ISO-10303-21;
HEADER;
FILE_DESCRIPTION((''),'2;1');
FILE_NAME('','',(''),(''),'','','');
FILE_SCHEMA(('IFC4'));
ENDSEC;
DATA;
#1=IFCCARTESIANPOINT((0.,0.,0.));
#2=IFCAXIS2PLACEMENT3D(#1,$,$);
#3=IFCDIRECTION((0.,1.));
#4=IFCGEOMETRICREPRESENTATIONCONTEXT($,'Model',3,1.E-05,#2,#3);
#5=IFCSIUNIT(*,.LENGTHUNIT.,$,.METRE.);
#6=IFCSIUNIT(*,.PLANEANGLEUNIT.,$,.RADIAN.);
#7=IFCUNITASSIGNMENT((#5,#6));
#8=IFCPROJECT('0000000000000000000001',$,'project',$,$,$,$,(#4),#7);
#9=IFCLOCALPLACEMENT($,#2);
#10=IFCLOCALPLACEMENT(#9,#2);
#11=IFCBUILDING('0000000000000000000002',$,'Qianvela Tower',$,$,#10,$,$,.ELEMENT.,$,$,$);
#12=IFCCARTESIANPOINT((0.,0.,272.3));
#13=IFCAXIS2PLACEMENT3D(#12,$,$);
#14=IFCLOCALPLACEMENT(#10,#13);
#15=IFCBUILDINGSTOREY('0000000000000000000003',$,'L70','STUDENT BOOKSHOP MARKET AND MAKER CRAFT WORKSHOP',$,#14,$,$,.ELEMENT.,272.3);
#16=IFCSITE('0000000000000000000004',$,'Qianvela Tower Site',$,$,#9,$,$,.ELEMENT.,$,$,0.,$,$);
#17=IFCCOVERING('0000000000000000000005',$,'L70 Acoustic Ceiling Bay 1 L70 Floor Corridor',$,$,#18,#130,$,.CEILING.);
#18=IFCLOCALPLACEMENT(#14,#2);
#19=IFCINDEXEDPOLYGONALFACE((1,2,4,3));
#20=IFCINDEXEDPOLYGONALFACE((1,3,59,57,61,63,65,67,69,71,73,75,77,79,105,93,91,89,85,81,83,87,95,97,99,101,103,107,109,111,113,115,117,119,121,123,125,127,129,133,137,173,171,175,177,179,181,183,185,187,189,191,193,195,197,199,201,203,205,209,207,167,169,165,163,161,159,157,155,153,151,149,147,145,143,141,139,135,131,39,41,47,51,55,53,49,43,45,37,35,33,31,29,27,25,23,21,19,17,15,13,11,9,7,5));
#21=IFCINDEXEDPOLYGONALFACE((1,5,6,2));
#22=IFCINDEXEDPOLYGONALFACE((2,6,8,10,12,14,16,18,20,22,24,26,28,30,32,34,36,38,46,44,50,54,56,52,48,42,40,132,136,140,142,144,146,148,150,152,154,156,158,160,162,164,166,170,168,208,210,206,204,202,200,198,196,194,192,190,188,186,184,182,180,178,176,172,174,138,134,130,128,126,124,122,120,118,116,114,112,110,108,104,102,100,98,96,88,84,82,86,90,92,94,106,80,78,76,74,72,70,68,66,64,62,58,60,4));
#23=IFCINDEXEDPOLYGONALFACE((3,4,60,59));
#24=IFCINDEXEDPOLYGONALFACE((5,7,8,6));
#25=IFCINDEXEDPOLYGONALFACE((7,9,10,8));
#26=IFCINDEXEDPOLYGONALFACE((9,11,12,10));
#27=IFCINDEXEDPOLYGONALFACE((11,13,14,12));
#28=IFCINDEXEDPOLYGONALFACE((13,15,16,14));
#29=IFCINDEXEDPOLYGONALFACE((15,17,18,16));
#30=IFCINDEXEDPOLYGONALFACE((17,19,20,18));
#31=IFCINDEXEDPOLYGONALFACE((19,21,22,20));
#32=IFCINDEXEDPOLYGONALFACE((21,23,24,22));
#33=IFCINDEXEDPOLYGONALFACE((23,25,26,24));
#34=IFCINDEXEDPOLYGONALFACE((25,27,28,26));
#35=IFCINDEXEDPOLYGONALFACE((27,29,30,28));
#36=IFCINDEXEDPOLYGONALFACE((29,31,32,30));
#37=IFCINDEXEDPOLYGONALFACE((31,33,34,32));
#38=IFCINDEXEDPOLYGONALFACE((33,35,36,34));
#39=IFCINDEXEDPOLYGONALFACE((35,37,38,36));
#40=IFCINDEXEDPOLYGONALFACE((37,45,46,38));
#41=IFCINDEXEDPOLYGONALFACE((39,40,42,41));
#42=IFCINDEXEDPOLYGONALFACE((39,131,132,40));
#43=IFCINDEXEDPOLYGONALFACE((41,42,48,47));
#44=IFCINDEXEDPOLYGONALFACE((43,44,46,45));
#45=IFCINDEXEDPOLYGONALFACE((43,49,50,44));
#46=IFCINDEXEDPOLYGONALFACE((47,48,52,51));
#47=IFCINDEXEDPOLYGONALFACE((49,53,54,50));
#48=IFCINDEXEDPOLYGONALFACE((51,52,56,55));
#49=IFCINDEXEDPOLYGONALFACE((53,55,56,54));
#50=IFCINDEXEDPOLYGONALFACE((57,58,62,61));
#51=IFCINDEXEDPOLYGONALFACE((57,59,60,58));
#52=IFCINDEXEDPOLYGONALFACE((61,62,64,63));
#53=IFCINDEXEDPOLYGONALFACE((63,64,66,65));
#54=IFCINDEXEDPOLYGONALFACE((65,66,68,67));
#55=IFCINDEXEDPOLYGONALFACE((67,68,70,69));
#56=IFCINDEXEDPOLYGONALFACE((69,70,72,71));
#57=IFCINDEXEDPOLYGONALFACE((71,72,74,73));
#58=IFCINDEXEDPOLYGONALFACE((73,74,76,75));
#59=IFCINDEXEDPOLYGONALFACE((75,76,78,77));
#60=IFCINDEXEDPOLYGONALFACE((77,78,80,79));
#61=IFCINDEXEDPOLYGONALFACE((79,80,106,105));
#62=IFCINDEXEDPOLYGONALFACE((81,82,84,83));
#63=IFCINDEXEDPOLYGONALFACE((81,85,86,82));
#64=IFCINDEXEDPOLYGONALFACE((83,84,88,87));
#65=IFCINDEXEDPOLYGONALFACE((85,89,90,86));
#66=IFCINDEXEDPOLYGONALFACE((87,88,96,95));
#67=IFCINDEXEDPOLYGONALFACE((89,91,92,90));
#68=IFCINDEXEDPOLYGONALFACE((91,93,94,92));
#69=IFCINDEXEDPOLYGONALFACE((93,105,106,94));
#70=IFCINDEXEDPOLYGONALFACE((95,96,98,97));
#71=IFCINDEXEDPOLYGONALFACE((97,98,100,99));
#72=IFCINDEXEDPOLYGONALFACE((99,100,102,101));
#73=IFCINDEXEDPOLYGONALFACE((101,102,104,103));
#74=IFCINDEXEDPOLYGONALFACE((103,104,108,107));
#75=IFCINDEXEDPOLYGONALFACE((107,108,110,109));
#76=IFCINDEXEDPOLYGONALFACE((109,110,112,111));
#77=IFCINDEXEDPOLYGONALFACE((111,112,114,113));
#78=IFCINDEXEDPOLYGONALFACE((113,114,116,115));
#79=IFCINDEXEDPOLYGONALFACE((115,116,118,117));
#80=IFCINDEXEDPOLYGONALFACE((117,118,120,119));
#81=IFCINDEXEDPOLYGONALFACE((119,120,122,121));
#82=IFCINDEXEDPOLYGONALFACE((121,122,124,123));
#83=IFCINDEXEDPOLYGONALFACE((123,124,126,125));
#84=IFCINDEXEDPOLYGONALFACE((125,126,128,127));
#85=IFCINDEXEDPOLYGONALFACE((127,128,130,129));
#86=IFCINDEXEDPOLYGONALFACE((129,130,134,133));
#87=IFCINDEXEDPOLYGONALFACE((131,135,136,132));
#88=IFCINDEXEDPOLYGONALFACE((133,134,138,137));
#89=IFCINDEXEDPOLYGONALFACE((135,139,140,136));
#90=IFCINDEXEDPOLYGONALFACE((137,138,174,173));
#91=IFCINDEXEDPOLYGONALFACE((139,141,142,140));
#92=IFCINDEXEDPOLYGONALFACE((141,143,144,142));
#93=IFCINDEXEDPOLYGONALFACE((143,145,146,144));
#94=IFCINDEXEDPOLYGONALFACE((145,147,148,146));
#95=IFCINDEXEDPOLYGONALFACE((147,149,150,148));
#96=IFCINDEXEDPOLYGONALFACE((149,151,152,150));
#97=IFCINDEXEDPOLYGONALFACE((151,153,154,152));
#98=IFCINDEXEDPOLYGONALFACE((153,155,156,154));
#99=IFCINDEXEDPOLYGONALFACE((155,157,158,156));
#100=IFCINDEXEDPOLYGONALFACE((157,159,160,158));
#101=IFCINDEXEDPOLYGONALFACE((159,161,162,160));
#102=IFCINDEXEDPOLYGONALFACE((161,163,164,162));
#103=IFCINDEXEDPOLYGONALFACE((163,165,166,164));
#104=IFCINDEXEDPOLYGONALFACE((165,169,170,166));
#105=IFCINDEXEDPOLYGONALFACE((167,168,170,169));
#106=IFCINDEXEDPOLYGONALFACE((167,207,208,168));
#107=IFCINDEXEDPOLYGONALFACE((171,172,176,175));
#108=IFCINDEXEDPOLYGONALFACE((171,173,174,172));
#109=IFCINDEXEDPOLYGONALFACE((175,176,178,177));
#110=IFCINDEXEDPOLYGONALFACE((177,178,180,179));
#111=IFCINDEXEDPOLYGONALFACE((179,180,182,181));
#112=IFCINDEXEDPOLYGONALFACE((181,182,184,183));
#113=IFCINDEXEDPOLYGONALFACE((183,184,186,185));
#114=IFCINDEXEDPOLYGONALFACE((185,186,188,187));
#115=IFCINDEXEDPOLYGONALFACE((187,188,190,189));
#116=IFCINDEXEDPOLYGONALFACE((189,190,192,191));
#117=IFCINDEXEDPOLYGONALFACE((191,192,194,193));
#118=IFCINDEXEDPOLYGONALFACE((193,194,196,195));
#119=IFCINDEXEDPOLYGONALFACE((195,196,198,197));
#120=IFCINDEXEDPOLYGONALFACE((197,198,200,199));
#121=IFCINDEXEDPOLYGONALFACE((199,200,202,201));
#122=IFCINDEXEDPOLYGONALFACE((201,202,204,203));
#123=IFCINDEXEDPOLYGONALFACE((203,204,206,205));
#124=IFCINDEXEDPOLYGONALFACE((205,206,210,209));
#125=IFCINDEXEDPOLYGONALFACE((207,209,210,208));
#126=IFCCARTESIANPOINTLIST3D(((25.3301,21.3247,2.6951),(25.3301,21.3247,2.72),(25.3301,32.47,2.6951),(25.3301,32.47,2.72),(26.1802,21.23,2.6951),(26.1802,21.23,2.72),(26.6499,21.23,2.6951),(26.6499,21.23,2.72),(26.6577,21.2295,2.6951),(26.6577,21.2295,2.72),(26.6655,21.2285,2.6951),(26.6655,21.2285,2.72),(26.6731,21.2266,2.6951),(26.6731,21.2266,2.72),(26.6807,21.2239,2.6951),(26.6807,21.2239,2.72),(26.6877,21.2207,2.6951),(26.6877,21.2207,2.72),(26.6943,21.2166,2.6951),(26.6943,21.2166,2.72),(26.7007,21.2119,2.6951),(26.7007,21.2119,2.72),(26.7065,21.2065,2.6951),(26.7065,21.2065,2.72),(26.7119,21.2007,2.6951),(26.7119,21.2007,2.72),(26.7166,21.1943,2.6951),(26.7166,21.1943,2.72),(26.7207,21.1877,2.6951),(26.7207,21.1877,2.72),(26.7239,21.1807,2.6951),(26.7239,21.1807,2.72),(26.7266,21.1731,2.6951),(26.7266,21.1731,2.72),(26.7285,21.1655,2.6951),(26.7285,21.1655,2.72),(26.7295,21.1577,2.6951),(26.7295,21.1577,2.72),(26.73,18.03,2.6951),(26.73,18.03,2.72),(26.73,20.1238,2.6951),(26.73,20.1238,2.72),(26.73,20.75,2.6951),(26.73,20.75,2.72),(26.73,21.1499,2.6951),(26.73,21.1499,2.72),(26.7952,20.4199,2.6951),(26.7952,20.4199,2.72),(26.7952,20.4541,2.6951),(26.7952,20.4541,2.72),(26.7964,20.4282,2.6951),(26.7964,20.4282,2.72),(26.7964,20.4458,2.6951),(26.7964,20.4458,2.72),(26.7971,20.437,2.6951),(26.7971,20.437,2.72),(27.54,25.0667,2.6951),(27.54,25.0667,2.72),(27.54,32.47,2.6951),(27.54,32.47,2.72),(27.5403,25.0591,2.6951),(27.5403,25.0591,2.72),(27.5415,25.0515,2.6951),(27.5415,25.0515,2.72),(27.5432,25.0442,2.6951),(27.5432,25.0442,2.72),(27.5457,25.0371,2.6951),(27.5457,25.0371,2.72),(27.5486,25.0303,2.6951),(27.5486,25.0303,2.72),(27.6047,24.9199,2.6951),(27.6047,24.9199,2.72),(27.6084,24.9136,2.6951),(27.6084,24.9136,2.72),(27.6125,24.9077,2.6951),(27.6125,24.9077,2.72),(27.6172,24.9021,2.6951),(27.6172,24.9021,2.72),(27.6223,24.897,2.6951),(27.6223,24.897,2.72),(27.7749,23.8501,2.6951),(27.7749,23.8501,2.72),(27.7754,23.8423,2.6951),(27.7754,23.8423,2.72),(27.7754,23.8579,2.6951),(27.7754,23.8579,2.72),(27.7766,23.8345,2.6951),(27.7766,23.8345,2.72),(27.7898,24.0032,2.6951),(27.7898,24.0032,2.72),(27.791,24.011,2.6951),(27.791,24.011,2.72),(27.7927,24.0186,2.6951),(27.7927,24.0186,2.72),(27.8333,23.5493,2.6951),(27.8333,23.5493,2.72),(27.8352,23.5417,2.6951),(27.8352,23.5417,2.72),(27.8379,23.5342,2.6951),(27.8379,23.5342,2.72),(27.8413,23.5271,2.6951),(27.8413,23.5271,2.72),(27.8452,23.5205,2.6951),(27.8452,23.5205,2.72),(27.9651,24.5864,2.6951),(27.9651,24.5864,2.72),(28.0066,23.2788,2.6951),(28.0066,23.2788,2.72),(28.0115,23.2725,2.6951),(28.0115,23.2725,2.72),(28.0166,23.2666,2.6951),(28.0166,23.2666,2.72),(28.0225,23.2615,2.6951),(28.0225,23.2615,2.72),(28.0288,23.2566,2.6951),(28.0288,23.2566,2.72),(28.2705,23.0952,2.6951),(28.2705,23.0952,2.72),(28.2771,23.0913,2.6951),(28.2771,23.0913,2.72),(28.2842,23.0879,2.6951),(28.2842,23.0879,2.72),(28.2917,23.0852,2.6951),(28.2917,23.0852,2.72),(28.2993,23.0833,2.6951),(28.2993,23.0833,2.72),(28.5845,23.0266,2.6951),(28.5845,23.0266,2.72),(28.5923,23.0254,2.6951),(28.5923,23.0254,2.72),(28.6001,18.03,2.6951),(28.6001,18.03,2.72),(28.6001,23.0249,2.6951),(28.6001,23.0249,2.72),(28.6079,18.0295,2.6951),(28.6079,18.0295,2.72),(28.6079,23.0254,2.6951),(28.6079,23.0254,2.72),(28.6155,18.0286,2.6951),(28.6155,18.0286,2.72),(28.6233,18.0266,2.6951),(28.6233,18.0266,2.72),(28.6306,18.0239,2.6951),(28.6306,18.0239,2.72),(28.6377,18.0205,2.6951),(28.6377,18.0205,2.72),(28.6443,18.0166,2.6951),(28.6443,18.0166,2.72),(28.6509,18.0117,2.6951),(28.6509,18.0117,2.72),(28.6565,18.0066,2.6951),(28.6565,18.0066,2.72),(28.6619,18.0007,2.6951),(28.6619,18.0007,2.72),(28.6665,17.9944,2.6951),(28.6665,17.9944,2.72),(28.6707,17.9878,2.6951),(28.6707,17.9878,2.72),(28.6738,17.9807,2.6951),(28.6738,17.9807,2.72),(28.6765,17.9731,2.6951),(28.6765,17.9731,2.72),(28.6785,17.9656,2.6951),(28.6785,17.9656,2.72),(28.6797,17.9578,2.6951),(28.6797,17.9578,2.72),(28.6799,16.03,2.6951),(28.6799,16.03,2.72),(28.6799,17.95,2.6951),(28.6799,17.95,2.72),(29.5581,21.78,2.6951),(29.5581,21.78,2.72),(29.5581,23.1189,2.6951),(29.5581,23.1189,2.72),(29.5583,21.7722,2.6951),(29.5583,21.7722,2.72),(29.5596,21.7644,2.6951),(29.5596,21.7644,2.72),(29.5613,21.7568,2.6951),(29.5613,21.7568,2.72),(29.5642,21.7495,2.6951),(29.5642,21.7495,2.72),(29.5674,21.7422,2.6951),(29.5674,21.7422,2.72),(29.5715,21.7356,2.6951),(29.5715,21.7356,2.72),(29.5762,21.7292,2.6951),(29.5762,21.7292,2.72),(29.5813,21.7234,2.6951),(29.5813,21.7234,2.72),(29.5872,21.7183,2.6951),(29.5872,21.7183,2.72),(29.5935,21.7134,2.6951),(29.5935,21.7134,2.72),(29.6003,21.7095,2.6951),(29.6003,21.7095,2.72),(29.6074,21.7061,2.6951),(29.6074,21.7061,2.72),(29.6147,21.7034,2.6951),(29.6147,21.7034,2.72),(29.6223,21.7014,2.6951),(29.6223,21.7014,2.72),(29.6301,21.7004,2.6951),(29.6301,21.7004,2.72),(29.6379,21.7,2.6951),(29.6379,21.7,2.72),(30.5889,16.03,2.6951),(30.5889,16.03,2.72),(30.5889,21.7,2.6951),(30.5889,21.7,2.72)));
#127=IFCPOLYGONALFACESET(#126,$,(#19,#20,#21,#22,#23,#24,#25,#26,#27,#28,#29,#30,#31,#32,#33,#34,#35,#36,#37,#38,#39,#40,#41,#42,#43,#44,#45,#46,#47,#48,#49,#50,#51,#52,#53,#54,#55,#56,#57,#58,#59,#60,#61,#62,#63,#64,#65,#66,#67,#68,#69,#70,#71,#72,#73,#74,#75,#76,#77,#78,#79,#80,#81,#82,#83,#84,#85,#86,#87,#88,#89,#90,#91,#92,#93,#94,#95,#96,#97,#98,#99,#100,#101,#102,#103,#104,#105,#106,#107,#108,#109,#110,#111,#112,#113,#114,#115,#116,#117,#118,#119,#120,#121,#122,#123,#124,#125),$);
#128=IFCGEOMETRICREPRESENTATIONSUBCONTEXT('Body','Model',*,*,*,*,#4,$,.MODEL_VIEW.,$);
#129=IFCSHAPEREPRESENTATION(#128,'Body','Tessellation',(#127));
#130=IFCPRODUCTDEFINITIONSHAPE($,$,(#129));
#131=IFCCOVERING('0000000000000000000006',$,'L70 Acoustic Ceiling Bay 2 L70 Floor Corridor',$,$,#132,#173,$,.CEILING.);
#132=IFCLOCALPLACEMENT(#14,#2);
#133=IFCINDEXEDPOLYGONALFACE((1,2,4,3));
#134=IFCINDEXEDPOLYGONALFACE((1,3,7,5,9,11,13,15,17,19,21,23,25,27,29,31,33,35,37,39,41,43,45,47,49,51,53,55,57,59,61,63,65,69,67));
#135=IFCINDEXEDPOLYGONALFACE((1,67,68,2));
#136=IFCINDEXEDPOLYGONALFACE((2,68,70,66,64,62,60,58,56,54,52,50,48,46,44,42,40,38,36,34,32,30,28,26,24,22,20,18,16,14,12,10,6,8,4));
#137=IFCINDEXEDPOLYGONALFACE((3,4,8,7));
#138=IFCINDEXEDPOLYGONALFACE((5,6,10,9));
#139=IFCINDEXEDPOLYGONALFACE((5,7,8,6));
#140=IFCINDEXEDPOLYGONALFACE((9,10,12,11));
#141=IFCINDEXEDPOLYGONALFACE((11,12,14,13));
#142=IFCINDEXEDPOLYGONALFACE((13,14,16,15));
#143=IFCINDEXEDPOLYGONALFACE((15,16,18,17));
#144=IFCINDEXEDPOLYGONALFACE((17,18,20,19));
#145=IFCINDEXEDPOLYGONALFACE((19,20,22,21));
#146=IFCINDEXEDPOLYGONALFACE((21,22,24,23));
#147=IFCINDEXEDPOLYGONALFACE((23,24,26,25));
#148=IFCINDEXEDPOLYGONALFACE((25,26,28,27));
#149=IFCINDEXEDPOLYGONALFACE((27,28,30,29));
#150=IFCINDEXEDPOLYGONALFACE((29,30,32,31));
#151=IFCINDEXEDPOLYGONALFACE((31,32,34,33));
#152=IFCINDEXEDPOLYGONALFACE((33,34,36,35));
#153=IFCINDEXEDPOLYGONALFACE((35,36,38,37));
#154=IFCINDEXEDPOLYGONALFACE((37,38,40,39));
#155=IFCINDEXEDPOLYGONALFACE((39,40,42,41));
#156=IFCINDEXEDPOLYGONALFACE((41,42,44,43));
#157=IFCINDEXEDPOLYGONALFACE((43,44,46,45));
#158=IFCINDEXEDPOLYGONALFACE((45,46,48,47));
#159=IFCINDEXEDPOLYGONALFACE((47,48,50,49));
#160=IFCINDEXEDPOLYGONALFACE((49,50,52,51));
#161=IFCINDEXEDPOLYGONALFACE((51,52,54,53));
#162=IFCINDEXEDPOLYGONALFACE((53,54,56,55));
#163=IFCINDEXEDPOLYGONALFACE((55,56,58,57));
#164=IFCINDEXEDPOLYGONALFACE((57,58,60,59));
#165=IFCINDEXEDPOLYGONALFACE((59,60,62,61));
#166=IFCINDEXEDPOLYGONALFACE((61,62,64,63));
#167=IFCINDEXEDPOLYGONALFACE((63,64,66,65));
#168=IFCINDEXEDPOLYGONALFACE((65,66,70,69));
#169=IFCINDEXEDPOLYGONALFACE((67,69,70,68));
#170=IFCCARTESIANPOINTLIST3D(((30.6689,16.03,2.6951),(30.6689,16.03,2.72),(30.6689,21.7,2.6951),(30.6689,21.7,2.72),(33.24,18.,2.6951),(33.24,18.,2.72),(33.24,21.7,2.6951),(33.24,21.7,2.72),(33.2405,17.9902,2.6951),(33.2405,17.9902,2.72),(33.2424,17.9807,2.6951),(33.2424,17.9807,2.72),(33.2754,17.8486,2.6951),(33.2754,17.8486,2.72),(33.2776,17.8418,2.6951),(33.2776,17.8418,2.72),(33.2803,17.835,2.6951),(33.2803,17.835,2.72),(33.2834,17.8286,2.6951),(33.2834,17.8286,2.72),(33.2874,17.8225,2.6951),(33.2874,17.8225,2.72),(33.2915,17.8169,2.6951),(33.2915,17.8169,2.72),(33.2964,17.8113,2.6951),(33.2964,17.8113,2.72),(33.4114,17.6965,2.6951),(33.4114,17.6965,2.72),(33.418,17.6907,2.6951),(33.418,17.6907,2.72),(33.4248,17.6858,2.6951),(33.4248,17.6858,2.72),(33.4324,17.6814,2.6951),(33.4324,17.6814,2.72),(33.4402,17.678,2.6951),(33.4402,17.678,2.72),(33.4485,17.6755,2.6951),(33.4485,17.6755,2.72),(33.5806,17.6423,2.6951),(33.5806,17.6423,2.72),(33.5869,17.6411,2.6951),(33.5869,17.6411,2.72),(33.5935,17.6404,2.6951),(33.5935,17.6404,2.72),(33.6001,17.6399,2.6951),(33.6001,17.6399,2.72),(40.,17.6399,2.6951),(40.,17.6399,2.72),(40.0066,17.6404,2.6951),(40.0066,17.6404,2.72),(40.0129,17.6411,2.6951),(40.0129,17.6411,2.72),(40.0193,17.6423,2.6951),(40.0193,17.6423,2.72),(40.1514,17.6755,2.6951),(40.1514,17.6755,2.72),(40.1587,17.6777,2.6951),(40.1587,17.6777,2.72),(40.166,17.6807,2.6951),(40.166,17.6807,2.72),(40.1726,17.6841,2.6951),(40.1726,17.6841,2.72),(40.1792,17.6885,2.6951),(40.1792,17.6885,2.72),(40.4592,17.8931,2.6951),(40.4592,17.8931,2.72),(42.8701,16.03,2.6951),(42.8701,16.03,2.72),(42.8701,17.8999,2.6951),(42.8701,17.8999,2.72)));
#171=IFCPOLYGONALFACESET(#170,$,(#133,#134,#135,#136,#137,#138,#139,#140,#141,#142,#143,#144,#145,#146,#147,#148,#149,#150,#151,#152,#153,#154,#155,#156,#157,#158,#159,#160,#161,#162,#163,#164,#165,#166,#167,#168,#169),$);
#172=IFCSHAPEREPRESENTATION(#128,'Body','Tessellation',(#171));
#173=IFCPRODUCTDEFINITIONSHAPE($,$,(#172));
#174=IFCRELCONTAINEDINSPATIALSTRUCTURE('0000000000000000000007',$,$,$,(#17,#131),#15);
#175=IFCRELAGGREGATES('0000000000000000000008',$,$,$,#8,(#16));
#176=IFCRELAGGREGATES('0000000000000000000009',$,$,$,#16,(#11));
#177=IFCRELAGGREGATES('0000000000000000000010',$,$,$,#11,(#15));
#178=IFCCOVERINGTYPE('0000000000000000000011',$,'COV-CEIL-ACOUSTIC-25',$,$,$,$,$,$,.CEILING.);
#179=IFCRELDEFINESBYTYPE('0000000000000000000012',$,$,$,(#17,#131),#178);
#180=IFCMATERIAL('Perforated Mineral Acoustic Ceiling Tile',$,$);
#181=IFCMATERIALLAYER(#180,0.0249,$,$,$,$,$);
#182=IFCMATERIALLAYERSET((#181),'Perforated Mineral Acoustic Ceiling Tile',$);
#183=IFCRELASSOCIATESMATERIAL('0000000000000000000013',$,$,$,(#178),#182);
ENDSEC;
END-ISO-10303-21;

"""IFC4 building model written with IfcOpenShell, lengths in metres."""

from ifc_helpers import new_model, si_unit, direction, frame, origin, place, context, subcontext, project, spatial, polyline, outline, extrude, material, layer, layer_set, type_object, element, save


model = new_model("IFC4")

# Units and contexts
model_context = context("Model", 3, precision=1e-05, world=origin(), true_north=direction((0.0, 1.0)))
body_context = subcontext(model_context, "Body", "Model", "MODEL_VIEW")
ifc_project = project(units=[si_unit("LENGTHUNIT", "METRE"), si_unit("PLANEANGLEUNIT", "RADIAN")], contexts=[model_context])

# Site, building, storey
site_placement = place(None, origin())
site = spatial("IfcSite", under=ifc_project, at=site_placement, Name="Qianvela Tower Site", CompositionType="ELEMENT", RefElevation=0.0)
building_placement = place(site_placement, origin())
building = spatial("IfcBuilding", under=site, at=building_placement, Name="Qianvela Tower", CompositionType="ELEMENT")
storey_placement = place(building_placement, frame((0.0, 0.0, 272.3)))
storey = spatial("IfcBuildingStorey", under=building, at=storey_placement, Name="L70", Description="STUDENT BOOKSHOP MARKET AND MAKER CRAFT WORKSHOP", CompositionType="ELEMENT", Elevation=272.3)

# Coverings
ifc_material_1 = material(Name="Perforated Mineral Acoustic Ceiling Tile")
ifc_layer_1 = layer(ifc_material_1, 0.0249)
ifc_layer_set_1 = layer_set([ifc_layer_1], Name="Perforated Mineral Acoustic Ceiling Tile")
covering_type_1 = type_object("IfcCoveringType", Name="COV-CEIL-ACOUSTIC-25", PredefinedType="CEILING", material=ifc_layer_set_1)
covering_1_placement = place(storey_placement, frame((0.0, 0.0, 2.6951)))
element("IfcCovering", 1, at=covering_1_placement, inside=storey, type_object=covering_type_1, Name="L70 Acoustic Ceiling Bay 1 L70 Floor Corridor", PredefinedType="CEILING", context=body_context, shape_type="SweptSolid", body=[
    extrude(outline(polyline([(27.791, 24.011), (27.7898, 24.0032), (27.7754, 23.8579), (27.7749, 23.8501), (27.7754, 23.8423), (27.7766, 23.8345), (27.8333, 23.5493), (27.8352, 23.5417), (27.8379, 23.5342), (27.8413, 23.5271), (27.8452, 23.5205), (28.0066, 23.2788), (28.0115, 23.2725), (28.0166, 23.2666), (28.0225, 23.2615), (28.0288, 23.2566), (28.2705, 23.0952), (28.2771, 23.0913), (28.2842, 23.0879), (28.2917, 23.0852), (28.2993, 23.0833), (28.5845, 23.0266), (28.5923, 23.0254), (28.6001, 23.0249), (28.6079, 23.0254), (29.5581, 23.1189), (29.5581, 21.78), (29.5583, 21.7722), (29.5596, 21.7644), (29.5613, 21.7568), (29.5642, 21.7495), (29.5674, 21.7422), (29.5715, 21.7356), (29.5762, 21.7292), (29.5813, 21.7234), (29.5872, 21.7183), (29.5935, 21.7134), (29.6003, 21.7095), (29.6074, 21.7061), (29.6147, 21.7034), (29.6223, 21.7014), (29.6301, 21.7004), (29.6379, 21.7), (30.5889, 21.7), (30.5889, 16.03), (28.6799, 16.03), (28.6799, 17.95), (28.6797, 17.9578), (28.6785, 17.9656), (28.6765, 17.9731), (28.6738, 17.9807), (28.6707, 17.9878), (28.6665, 17.9944), (28.6619, 18.0007), (28.6565, 18.0066), (28.6509, 18.0117), (28.6443, 18.0166), (28.6377, 18.0205), (28.6306, 18.0239), (28.6233, 18.0266), (28.6155, 18.0286), (28.6079, 18.0295), (28.6001, 18.03), (26.73, 18.03), (26.73, 20.1238), (26.7952, 20.4199), (26.7964, 20.4282), (26.7971, 20.437), (26.7964, 20.4458), (26.7952, 20.4541), (26.73, 20.75), (26.73, 21.1499), (26.7295, 21.1577), (26.7285, 21.1655), (26.7266, 21.1731), (26.7239, 21.1807), (26.7207, 21.1877), (26.7166, 21.1943), (26.7119, 21.2007), (26.7065, 21.2065), (26.7007, 21.2119), (26.6943, 21.2166), (26.6877, 21.2207), (26.6807, 21.2239), (26.6731, 21.2266), (26.6655, 21.2285), (26.6577, 21.2295), (26.6499, 21.23), (26.1802, 21.23), (25.3301, 21.3247), (25.3301, 32.47), (27.54, 32.47), (27.54, 25.0667), (27.5403, 25.0591), (27.5415, 25.0515), (27.5432, 25.0442), (27.5457, 25.0371), (27.5486, 25.0303), (27.6047, 24.9199), (27.6084, 24.9136), (27.6125, 24.9077), (27.6172, 24.9021), (27.6223, 24.897), (27.9651, 24.5864), (27.7927, 24.0186), (27.791, 24.011)])), origin(), (0.0, 0.0, 1.0), 0.0249),
])
covering_2_placement = place(storey_placement, frame((0.0, 0.0, 2.6951)))
element("IfcCovering", 2, at=covering_2_placement, inside=storey, type_object=covering_type_1, Name="L70 Acoustic Ceiling Bay 2 L70 Floor Corridor", PredefinedType="CEILING", context=body_context, shape_type="SweptSolid", body=[
    extrude(outline(polyline([(33.24, 21.7), (33.24, 18.0), (33.2405, 17.9902), (33.2424, 17.9807), (33.2754, 17.8486), (33.2776, 17.8418), (33.2803, 17.835), (33.2834, 17.8286), (33.2874, 17.8225), (33.2915, 17.8169), (33.2964, 17.8113), (33.4114, 17.6965), (33.418, 17.6907), (33.4248, 17.6858), (33.4324, 17.6814), (33.4402, 17.678), (33.4485, 17.6755), (33.5806, 17.6423), (33.5869, 17.6411), (33.5935, 17.6404), (33.6001, 17.6399), (40.0, 17.6399), (40.0066, 17.6404), (40.0129, 17.6411), (40.0193, 17.6423), (40.1514, 17.6755), (40.1587, 17.6777), (40.166, 17.6807), (40.1726, 17.6841), (40.1792, 17.6885), (40.4592, 17.8931), (42.8701, 17.8999), (42.8701, 16.03), (30.6689, 16.03), (30.6689, 21.7), (33.24, 21.7)])), origin(), (0.0, 0.0, 1.0), 0.0249),
])

save(model, "model.ifc")
